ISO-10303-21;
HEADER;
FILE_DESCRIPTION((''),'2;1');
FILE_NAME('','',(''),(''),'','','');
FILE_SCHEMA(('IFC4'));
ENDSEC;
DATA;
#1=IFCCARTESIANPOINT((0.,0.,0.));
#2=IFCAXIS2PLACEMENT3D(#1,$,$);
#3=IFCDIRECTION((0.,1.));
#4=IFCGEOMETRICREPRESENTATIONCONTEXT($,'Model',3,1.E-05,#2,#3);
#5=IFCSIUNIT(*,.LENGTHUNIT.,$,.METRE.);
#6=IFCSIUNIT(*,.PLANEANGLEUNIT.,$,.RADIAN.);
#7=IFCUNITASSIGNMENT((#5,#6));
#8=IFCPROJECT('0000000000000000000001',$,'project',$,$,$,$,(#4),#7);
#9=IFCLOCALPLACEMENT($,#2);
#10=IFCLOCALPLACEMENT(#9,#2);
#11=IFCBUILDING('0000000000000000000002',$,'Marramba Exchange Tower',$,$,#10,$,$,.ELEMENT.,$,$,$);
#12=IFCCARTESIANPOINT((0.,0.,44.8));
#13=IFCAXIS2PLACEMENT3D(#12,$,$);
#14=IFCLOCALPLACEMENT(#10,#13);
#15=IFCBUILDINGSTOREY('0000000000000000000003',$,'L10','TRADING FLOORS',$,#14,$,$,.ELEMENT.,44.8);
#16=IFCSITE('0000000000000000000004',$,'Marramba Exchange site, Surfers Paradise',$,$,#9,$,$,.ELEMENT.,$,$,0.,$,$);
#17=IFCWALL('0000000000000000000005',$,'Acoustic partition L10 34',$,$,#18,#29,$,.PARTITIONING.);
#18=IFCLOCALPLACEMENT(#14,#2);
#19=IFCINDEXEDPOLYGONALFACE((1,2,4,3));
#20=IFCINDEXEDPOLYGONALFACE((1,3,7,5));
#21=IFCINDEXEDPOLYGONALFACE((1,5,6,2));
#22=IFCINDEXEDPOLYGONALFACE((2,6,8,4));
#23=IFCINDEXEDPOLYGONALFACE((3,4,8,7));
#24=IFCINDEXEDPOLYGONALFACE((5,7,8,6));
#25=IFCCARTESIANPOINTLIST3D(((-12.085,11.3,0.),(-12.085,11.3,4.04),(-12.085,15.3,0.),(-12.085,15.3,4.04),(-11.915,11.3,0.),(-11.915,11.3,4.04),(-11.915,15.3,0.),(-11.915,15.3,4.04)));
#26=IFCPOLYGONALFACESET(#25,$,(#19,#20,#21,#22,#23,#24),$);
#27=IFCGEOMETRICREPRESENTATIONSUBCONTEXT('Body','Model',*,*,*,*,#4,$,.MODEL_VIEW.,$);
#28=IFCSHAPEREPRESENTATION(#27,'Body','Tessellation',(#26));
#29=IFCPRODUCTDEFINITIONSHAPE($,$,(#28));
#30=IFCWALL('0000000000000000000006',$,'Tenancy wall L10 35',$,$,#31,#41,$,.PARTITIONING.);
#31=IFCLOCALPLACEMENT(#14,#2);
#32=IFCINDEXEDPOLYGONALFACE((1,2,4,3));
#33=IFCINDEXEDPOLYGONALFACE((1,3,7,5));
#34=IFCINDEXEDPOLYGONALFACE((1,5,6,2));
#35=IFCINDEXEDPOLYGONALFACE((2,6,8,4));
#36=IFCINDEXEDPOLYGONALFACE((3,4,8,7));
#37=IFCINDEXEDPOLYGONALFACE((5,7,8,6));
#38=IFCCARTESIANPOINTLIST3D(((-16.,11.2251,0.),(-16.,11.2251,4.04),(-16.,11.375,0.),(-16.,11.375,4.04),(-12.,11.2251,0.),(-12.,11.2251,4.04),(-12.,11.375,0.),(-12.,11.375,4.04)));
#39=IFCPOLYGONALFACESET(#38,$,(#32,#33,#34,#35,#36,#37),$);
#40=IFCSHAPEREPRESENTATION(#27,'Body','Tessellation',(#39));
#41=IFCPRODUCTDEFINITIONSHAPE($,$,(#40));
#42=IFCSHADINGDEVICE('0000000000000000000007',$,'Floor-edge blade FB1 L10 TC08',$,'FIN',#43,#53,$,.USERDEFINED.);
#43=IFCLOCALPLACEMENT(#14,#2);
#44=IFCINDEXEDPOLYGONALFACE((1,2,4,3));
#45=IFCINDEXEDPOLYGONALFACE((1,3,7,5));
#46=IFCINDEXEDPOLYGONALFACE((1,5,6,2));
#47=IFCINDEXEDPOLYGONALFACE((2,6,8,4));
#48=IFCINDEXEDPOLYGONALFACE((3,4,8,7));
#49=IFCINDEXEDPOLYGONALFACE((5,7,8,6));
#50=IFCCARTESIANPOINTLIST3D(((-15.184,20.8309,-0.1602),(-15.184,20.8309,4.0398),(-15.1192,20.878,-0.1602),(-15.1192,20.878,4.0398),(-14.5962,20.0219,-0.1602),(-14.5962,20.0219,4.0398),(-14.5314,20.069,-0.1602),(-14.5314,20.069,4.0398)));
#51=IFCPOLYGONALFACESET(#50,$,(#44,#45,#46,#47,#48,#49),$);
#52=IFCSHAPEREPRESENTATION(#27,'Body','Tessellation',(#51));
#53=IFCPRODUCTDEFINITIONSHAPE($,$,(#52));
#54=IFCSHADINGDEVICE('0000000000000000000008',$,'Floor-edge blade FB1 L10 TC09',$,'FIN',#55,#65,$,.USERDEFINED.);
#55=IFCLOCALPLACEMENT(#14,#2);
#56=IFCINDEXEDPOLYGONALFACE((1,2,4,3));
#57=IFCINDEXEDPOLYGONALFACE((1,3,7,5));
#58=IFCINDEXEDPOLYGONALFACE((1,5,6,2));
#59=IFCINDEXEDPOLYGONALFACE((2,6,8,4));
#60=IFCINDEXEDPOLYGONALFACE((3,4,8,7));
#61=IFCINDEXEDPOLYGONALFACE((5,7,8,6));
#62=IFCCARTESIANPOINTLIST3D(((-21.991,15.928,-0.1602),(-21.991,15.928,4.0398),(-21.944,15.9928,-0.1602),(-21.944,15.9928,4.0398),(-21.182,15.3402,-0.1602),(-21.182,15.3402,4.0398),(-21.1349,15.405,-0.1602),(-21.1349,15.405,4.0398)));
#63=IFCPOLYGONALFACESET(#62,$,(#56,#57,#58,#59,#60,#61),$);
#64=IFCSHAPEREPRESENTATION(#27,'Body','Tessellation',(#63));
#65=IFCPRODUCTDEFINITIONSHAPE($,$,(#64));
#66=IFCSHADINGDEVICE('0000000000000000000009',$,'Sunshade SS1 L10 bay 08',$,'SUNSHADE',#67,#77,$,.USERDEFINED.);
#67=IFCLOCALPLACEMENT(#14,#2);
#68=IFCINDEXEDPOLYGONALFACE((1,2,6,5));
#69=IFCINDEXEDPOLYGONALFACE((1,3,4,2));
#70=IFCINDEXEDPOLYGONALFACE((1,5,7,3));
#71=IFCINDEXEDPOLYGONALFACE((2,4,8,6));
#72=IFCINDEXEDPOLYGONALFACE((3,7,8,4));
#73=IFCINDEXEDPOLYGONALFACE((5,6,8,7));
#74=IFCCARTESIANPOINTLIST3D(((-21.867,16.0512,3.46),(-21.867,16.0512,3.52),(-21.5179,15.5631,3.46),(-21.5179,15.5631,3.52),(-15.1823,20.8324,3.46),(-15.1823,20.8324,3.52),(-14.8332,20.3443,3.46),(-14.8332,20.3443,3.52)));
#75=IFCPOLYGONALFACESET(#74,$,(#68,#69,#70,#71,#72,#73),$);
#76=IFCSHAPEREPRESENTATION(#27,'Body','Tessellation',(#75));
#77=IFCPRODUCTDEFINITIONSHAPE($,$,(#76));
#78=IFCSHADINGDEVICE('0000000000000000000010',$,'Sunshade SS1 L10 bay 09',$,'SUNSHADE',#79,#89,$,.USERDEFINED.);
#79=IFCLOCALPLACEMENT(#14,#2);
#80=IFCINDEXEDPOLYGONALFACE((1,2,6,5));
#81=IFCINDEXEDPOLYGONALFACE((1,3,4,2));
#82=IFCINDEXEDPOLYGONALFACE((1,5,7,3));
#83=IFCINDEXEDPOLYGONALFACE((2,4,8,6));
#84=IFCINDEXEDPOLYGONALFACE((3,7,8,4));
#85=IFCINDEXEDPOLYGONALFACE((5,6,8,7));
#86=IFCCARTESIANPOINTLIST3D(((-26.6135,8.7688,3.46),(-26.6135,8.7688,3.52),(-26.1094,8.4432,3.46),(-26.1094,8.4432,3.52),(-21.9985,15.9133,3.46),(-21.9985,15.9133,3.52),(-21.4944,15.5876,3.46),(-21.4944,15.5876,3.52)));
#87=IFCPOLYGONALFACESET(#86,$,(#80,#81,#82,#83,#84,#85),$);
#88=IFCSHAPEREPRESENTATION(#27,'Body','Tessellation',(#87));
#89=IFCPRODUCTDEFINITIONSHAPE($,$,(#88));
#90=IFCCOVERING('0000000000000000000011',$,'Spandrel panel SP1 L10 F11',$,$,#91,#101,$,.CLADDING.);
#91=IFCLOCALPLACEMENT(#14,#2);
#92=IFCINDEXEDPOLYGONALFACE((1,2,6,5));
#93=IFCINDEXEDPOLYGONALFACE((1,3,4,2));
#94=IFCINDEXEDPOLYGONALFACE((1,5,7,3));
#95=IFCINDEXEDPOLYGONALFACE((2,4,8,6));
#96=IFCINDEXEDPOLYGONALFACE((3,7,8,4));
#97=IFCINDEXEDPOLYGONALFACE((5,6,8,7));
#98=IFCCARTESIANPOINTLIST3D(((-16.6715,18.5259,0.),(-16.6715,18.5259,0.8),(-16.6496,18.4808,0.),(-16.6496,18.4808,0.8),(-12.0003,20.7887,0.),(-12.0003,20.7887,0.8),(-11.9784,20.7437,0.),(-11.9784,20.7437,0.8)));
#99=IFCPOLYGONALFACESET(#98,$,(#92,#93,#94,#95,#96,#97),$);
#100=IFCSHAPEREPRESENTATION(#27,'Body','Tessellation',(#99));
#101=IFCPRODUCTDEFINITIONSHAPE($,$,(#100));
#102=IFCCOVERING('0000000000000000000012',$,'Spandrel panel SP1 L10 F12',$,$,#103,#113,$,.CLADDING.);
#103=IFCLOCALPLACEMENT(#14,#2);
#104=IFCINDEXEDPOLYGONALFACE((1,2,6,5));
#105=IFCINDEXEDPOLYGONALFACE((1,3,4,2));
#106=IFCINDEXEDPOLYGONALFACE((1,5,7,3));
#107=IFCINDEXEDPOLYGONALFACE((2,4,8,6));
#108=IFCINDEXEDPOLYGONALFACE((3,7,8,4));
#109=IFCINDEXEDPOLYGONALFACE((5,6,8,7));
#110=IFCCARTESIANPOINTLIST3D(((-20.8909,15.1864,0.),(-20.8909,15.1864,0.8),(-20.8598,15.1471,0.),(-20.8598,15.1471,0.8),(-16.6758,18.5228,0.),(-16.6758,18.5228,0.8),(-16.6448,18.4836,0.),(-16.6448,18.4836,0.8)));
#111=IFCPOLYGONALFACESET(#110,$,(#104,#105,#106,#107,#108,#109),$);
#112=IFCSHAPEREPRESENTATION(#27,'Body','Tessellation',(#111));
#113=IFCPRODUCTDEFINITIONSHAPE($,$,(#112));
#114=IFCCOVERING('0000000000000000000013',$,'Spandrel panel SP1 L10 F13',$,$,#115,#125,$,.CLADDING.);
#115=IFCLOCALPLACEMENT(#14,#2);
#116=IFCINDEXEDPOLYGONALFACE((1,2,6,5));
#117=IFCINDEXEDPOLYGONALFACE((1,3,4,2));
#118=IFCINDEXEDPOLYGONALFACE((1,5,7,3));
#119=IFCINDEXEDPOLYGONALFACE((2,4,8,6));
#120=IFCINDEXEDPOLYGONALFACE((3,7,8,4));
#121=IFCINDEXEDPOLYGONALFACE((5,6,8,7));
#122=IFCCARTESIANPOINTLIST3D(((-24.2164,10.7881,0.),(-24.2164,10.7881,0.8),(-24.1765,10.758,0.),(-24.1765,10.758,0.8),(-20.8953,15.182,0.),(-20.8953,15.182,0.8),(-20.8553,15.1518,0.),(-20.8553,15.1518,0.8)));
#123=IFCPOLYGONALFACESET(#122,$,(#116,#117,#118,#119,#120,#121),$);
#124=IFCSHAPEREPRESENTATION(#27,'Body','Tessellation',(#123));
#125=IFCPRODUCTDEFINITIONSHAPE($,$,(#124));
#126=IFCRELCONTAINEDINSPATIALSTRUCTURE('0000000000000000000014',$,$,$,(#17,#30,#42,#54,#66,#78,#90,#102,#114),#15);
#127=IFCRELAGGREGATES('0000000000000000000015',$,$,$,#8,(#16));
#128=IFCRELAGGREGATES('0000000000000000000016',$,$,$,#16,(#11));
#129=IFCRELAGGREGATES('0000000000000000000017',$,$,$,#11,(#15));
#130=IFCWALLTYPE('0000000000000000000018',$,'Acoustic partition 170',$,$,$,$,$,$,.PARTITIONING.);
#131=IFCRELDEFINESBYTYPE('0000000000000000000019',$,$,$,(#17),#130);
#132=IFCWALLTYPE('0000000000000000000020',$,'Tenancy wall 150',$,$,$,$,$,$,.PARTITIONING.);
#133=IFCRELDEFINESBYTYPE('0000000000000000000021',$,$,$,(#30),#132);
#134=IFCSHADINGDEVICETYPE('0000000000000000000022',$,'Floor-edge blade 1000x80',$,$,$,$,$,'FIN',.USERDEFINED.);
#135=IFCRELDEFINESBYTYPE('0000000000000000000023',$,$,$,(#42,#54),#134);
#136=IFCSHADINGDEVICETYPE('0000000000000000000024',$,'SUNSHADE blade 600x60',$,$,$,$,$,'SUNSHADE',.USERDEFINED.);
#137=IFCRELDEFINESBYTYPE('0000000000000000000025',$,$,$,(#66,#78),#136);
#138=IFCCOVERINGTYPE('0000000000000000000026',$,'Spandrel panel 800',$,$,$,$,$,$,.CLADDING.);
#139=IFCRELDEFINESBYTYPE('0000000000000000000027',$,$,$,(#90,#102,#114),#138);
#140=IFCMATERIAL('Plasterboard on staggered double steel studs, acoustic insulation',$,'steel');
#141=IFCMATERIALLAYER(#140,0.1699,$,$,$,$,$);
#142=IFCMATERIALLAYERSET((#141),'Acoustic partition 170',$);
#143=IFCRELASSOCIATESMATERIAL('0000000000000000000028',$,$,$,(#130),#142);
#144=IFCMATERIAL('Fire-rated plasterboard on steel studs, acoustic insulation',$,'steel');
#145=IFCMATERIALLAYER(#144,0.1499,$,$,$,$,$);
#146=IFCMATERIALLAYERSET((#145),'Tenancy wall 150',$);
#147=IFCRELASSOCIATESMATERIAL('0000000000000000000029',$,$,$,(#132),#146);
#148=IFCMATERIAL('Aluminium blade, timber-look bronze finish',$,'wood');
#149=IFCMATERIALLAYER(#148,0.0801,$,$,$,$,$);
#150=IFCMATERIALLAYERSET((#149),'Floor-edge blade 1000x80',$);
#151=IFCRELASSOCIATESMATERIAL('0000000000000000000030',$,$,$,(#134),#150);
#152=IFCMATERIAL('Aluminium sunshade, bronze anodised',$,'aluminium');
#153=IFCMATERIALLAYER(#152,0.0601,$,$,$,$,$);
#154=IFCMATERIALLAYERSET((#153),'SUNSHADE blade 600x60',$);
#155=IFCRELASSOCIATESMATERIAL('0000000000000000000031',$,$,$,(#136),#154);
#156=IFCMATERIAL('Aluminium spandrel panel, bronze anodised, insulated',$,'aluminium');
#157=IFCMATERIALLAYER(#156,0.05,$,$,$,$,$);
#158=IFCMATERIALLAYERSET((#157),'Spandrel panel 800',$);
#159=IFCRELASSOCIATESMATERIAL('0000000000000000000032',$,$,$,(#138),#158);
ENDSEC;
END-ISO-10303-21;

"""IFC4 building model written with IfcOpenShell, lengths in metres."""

from ifc_helpers import new_model, si_unit, direction, frame, frame_2d, origin, origin_2d, place, context, subcontext, project, spatial, rectangle, extrude, material, layer, layer_set, type_object, element, save


model = new_model("IFC4")

# Units and contexts
model_context = context("Model", 3, precision=1e-05, world=origin(), true_north=direction((0.0, 1.0)))
body_context = subcontext(model_context, "Body", "Model", "MODEL_VIEW")
ifc_project = project(units=[si_unit("LENGTHUNIT", "METRE"), si_unit("PLANEANGLEUNIT", "RADIAN")], contexts=[model_context])

# Site, building, storey
site_placement = place(None, origin())
site = spatial("IfcSite", under=ifc_project, at=site_placement, Name="Marramba Exchange site, Surfers Paradise", CompositionType="ELEMENT", RefElevation=0.0)
building_placement = place(site_placement, origin())
building = spatial("IfcBuilding", under=site, at=building_placement, Name="Marramba Exchange Tower", CompositionType="ELEMENT")
storey_placement = place(building_placement, frame((0.0, 0.0, 44.8)))
storey = spatial("IfcBuildingStorey", under=building, at=storey_placement, Name="L10", Description="TRADING FLOORS", CompositionType="ELEMENT", Elevation=44.8)

# Walls
ifc_material_1 = material(Name="Plasterboard on staggered double steel studs, acoustic insulation", Category="steel")
ifc_layer_1 = layer(ifc_material_1, 0.1699)
ifc_layer_set_1 = layer_set([ifc_layer_1], Name="Acoustic partition 170")
wall_type_1 = type_object("IfcWallType", Name="Acoustic partition 170", PredefinedType="PARTITIONING", material=ifc_layer_set_1)
wall_1_placement = place(storey_placement, frame((-12.0, 15.3, 0.0), z_axis=(0.0, 0.0, 1.0), x_axis=(0.0, -1.0, 0.0)))
element("IfcWall", 1, at=wall_1_placement, inside=storey, type_object=wall_type_1, Name="Acoustic partition L10 34", PredefinedType="PARTITIONING", context=body_context, shape_type="SweptSolid", body=[
    extrude(rectangle(XDim=4.0, YDim=0.1699, at=frame_2d((2.0, 0.0))), origin(), (0.0, 0.0, 1.0), 4.04),
])
ifc_material_2 = material(Name="Fire-rated plasterboard on steel studs, acoustic insulation", Category="steel")
ifc_layer_2 = layer(ifc_material_2, 0.1499)
ifc_layer_set_2 = layer_set([ifc_layer_2], Name="Tenancy wall 150")
wall_type_2 = type_object("IfcWallType", Name="Tenancy wall 150", PredefinedType="PARTITIONING", material=ifc_layer_set_2)
wall_2_placement = place(storey_placement, frame((-12.0, 11.3, 0.0), z_axis=(0.0, 0.0, 1.0), x_axis=(-1.0, 0.0, 0.0)))
element("IfcWall", 2, at=wall_2_placement, inside=storey, type_object=wall_type_2, Name="Tenancy wall L10 35", PredefinedType="PARTITIONING", context=body_context, shape_type="SweptSolid", body=[
    extrude(rectangle(XDim=4.0, YDim=0.1499, at=frame_2d((2.0, 0.0))), origin(), (0.0, 0.0, 1.0), 4.04),
])

# Shading devices
ifc_material_3 = material(Name="Aluminium blade, timber-look bronze finish", Category="wood")
ifc_layer_3 = layer(ifc_material_3, 0.0801)
ifc_layer_set_3 = layer_set([ifc_layer_3], Name="Floor-edge blade 1000x80")
shading_device_type_1 = type_object("IfcShadingDeviceType", Name="Floor-edge blade 1000x80", ElementType="FIN", PredefinedType="USERDEFINED", material=ifc_layer_set_3)
for number, where, z_axis, x_axis, name in (
    (3, (-14.8577, 20.45, -0.1602), (0.0, 0.0, 1.0), (-0.587785, 0.809017, 0.0), "Floor-edge blade FB1 L10 TC08"),
    (4, (-21.563, 15.6665, -0.1602), (0.0, 0.0, 1.0), (-0.809017, 0.587785, 0.0), "Floor-edge blade FB1 L10 TC09"),
):
    element("IfcShadingDevice", number, at=place(storey_placement, frame(where, z_axis=z_axis, x_axis=x_axis)), inside=storey, type_object=shading_device_type_1, Name=name, ObjectType="FIN", PredefinedType="USERDEFINED", context=body_context, shape_type="SweptSolid", body=[
        extrude(rectangle(XDim=1.0, YDim=0.0801, at=origin_2d()), origin(), (0.0, 0.0, 1.0), 4.2),
    ])
ifc_material_4 = material(Name="Aluminium sunshade, bronze anodised", Category="aluminium")
ifc_layer_4 = layer(ifc_material_4, 0.0601)
ifc_layer_set_4 = layer_set([ifc_layer_4], Name="SUNSHADE blade 600x60")
shading_device_type_2 = type_object("IfcShadingDeviceType", Name="SUNSHADE blade 600x60", ElementType="SUNSHADE", PredefinedType="USERDEFINED", material=ifc_layer_set_4)
shading_device_1_placement = place(storey_placement, frame((-18.3501, 18.1978, 3.46), z_axis=(0.0, 0.0, 1.0), x_axis=(-0.813363, -0.581757, 0.0)))
element("IfcShadingDevice", 5, at=shading_device_1_placement, inside=storey, type_object=shading_device_type_2, Name="Sunshade SS1 L10 bay 08", ObjectType="SUNSHADE", PredefinedType="USERDEFINED", context=body_context, shape_type="SweptSolid", body=[
    extrude(rectangle(XDim=8.2185, YDim=0.6001, at=origin_2d()), origin(), (0.0, 0.0, 1.0), 0.0601),
])
shading_device_2_placement = place(storey_placement, frame((-24.054, 12.1782, 3.46), z_axis=(0.0, 0.0, 1.0), x_axis=(-0.542597, -0.839993, 0.0)))
element("IfcShadingDevice", 6, at=shading_device_2_placement, inside=storey, type_object=shading_device_type_2, Name="Sunshade SS1 L10 bay 09", ObjectType="SUNSHADE", PredefinedType="USERDEFINED", context=body_context, shape_type="SweptSolid", body=[
    extrude(rectangle(XDim=8.5054, YDim=0.6001, at=origin_2d()), origin(), (0.0, 0.0, 1.0), 0.0601),
])

# Coverings
ifc_material_5 = material(Name="Aluminium spandrel panel, bronze anodised, insulated", Category="aluminium")
ifc_layer_5 = layer(ifc_material_5, 0.05)
ifc_layer_set_5 = layer_set([ifc_layer_5], Name="Spandrel panel 800")
covering_type = type_object("IfcCoveringType", Name="Spandrel panel 800", PredefinedType="CLADDING", material=ifc_layer_set_5)
covering_1_placement = place(storey_placement, frame((-14.325, 19.6348, 0.0), z_axis=(0.0, 0.0, 1.0), x_axis=(-0.899963, -0.435965, 0.0)))
element("IfcCovering", 7, at=covering_1_placement, inside=storey, type_object=covering_type, Name="Spandrel panel SP1 L10 F11", PredefinedType="CLADDING", context=body_context, shape_type="SweptSolid", body=[
    extrude(rectangle(XDim=5.1904, YDim=0.05, at=origin_2d()), origin(), (0.0, 0.0, 1.0), 0.8),
])
covering_2_placement = place(storey_placement, frame((-18.7678, 16.835, 0.0), z_axis=(0.0, 0.0, 1.0), x_axis=(-0.784088, -0.62065, 0.0)))
element("IfcCovering", 8, at=covering_2_placement, inside=storey, type_object=covering_type, Name="Spandrel panel SP1 L10 F12", PredefinedType="CLADDING", context=body_context, shape_type="SweptSolid", body=[
    extrude(rectangle(XDim=5.3757, YDim=0.05, at=origin_2d()), origin(), (0.0, 0.0, 1.0), 0.8),
])
covering_3_placement = place(storey_placement, frame((-22.5359, 12.97, 0.0), z_axis=(0.0, 0.0, 1.0), x_axis=(-0.60299, -0.797749, 0.0)))
element("IfcCovering", 9, at=covering_3_placement, inside=storey, type_object=covering_type, Name="Spandrel panel SP1 L10 F13", PredefinedType="CLADDING", context=body_context, shape_type="SweptSolid", body=[
    extrude(rectangle(XDim=5.5078, YDim=0.05, at=origin_2d()), origin(), (0.0, 0.0, 1.0), 0.8),
])

save(model, "model.ifc")
